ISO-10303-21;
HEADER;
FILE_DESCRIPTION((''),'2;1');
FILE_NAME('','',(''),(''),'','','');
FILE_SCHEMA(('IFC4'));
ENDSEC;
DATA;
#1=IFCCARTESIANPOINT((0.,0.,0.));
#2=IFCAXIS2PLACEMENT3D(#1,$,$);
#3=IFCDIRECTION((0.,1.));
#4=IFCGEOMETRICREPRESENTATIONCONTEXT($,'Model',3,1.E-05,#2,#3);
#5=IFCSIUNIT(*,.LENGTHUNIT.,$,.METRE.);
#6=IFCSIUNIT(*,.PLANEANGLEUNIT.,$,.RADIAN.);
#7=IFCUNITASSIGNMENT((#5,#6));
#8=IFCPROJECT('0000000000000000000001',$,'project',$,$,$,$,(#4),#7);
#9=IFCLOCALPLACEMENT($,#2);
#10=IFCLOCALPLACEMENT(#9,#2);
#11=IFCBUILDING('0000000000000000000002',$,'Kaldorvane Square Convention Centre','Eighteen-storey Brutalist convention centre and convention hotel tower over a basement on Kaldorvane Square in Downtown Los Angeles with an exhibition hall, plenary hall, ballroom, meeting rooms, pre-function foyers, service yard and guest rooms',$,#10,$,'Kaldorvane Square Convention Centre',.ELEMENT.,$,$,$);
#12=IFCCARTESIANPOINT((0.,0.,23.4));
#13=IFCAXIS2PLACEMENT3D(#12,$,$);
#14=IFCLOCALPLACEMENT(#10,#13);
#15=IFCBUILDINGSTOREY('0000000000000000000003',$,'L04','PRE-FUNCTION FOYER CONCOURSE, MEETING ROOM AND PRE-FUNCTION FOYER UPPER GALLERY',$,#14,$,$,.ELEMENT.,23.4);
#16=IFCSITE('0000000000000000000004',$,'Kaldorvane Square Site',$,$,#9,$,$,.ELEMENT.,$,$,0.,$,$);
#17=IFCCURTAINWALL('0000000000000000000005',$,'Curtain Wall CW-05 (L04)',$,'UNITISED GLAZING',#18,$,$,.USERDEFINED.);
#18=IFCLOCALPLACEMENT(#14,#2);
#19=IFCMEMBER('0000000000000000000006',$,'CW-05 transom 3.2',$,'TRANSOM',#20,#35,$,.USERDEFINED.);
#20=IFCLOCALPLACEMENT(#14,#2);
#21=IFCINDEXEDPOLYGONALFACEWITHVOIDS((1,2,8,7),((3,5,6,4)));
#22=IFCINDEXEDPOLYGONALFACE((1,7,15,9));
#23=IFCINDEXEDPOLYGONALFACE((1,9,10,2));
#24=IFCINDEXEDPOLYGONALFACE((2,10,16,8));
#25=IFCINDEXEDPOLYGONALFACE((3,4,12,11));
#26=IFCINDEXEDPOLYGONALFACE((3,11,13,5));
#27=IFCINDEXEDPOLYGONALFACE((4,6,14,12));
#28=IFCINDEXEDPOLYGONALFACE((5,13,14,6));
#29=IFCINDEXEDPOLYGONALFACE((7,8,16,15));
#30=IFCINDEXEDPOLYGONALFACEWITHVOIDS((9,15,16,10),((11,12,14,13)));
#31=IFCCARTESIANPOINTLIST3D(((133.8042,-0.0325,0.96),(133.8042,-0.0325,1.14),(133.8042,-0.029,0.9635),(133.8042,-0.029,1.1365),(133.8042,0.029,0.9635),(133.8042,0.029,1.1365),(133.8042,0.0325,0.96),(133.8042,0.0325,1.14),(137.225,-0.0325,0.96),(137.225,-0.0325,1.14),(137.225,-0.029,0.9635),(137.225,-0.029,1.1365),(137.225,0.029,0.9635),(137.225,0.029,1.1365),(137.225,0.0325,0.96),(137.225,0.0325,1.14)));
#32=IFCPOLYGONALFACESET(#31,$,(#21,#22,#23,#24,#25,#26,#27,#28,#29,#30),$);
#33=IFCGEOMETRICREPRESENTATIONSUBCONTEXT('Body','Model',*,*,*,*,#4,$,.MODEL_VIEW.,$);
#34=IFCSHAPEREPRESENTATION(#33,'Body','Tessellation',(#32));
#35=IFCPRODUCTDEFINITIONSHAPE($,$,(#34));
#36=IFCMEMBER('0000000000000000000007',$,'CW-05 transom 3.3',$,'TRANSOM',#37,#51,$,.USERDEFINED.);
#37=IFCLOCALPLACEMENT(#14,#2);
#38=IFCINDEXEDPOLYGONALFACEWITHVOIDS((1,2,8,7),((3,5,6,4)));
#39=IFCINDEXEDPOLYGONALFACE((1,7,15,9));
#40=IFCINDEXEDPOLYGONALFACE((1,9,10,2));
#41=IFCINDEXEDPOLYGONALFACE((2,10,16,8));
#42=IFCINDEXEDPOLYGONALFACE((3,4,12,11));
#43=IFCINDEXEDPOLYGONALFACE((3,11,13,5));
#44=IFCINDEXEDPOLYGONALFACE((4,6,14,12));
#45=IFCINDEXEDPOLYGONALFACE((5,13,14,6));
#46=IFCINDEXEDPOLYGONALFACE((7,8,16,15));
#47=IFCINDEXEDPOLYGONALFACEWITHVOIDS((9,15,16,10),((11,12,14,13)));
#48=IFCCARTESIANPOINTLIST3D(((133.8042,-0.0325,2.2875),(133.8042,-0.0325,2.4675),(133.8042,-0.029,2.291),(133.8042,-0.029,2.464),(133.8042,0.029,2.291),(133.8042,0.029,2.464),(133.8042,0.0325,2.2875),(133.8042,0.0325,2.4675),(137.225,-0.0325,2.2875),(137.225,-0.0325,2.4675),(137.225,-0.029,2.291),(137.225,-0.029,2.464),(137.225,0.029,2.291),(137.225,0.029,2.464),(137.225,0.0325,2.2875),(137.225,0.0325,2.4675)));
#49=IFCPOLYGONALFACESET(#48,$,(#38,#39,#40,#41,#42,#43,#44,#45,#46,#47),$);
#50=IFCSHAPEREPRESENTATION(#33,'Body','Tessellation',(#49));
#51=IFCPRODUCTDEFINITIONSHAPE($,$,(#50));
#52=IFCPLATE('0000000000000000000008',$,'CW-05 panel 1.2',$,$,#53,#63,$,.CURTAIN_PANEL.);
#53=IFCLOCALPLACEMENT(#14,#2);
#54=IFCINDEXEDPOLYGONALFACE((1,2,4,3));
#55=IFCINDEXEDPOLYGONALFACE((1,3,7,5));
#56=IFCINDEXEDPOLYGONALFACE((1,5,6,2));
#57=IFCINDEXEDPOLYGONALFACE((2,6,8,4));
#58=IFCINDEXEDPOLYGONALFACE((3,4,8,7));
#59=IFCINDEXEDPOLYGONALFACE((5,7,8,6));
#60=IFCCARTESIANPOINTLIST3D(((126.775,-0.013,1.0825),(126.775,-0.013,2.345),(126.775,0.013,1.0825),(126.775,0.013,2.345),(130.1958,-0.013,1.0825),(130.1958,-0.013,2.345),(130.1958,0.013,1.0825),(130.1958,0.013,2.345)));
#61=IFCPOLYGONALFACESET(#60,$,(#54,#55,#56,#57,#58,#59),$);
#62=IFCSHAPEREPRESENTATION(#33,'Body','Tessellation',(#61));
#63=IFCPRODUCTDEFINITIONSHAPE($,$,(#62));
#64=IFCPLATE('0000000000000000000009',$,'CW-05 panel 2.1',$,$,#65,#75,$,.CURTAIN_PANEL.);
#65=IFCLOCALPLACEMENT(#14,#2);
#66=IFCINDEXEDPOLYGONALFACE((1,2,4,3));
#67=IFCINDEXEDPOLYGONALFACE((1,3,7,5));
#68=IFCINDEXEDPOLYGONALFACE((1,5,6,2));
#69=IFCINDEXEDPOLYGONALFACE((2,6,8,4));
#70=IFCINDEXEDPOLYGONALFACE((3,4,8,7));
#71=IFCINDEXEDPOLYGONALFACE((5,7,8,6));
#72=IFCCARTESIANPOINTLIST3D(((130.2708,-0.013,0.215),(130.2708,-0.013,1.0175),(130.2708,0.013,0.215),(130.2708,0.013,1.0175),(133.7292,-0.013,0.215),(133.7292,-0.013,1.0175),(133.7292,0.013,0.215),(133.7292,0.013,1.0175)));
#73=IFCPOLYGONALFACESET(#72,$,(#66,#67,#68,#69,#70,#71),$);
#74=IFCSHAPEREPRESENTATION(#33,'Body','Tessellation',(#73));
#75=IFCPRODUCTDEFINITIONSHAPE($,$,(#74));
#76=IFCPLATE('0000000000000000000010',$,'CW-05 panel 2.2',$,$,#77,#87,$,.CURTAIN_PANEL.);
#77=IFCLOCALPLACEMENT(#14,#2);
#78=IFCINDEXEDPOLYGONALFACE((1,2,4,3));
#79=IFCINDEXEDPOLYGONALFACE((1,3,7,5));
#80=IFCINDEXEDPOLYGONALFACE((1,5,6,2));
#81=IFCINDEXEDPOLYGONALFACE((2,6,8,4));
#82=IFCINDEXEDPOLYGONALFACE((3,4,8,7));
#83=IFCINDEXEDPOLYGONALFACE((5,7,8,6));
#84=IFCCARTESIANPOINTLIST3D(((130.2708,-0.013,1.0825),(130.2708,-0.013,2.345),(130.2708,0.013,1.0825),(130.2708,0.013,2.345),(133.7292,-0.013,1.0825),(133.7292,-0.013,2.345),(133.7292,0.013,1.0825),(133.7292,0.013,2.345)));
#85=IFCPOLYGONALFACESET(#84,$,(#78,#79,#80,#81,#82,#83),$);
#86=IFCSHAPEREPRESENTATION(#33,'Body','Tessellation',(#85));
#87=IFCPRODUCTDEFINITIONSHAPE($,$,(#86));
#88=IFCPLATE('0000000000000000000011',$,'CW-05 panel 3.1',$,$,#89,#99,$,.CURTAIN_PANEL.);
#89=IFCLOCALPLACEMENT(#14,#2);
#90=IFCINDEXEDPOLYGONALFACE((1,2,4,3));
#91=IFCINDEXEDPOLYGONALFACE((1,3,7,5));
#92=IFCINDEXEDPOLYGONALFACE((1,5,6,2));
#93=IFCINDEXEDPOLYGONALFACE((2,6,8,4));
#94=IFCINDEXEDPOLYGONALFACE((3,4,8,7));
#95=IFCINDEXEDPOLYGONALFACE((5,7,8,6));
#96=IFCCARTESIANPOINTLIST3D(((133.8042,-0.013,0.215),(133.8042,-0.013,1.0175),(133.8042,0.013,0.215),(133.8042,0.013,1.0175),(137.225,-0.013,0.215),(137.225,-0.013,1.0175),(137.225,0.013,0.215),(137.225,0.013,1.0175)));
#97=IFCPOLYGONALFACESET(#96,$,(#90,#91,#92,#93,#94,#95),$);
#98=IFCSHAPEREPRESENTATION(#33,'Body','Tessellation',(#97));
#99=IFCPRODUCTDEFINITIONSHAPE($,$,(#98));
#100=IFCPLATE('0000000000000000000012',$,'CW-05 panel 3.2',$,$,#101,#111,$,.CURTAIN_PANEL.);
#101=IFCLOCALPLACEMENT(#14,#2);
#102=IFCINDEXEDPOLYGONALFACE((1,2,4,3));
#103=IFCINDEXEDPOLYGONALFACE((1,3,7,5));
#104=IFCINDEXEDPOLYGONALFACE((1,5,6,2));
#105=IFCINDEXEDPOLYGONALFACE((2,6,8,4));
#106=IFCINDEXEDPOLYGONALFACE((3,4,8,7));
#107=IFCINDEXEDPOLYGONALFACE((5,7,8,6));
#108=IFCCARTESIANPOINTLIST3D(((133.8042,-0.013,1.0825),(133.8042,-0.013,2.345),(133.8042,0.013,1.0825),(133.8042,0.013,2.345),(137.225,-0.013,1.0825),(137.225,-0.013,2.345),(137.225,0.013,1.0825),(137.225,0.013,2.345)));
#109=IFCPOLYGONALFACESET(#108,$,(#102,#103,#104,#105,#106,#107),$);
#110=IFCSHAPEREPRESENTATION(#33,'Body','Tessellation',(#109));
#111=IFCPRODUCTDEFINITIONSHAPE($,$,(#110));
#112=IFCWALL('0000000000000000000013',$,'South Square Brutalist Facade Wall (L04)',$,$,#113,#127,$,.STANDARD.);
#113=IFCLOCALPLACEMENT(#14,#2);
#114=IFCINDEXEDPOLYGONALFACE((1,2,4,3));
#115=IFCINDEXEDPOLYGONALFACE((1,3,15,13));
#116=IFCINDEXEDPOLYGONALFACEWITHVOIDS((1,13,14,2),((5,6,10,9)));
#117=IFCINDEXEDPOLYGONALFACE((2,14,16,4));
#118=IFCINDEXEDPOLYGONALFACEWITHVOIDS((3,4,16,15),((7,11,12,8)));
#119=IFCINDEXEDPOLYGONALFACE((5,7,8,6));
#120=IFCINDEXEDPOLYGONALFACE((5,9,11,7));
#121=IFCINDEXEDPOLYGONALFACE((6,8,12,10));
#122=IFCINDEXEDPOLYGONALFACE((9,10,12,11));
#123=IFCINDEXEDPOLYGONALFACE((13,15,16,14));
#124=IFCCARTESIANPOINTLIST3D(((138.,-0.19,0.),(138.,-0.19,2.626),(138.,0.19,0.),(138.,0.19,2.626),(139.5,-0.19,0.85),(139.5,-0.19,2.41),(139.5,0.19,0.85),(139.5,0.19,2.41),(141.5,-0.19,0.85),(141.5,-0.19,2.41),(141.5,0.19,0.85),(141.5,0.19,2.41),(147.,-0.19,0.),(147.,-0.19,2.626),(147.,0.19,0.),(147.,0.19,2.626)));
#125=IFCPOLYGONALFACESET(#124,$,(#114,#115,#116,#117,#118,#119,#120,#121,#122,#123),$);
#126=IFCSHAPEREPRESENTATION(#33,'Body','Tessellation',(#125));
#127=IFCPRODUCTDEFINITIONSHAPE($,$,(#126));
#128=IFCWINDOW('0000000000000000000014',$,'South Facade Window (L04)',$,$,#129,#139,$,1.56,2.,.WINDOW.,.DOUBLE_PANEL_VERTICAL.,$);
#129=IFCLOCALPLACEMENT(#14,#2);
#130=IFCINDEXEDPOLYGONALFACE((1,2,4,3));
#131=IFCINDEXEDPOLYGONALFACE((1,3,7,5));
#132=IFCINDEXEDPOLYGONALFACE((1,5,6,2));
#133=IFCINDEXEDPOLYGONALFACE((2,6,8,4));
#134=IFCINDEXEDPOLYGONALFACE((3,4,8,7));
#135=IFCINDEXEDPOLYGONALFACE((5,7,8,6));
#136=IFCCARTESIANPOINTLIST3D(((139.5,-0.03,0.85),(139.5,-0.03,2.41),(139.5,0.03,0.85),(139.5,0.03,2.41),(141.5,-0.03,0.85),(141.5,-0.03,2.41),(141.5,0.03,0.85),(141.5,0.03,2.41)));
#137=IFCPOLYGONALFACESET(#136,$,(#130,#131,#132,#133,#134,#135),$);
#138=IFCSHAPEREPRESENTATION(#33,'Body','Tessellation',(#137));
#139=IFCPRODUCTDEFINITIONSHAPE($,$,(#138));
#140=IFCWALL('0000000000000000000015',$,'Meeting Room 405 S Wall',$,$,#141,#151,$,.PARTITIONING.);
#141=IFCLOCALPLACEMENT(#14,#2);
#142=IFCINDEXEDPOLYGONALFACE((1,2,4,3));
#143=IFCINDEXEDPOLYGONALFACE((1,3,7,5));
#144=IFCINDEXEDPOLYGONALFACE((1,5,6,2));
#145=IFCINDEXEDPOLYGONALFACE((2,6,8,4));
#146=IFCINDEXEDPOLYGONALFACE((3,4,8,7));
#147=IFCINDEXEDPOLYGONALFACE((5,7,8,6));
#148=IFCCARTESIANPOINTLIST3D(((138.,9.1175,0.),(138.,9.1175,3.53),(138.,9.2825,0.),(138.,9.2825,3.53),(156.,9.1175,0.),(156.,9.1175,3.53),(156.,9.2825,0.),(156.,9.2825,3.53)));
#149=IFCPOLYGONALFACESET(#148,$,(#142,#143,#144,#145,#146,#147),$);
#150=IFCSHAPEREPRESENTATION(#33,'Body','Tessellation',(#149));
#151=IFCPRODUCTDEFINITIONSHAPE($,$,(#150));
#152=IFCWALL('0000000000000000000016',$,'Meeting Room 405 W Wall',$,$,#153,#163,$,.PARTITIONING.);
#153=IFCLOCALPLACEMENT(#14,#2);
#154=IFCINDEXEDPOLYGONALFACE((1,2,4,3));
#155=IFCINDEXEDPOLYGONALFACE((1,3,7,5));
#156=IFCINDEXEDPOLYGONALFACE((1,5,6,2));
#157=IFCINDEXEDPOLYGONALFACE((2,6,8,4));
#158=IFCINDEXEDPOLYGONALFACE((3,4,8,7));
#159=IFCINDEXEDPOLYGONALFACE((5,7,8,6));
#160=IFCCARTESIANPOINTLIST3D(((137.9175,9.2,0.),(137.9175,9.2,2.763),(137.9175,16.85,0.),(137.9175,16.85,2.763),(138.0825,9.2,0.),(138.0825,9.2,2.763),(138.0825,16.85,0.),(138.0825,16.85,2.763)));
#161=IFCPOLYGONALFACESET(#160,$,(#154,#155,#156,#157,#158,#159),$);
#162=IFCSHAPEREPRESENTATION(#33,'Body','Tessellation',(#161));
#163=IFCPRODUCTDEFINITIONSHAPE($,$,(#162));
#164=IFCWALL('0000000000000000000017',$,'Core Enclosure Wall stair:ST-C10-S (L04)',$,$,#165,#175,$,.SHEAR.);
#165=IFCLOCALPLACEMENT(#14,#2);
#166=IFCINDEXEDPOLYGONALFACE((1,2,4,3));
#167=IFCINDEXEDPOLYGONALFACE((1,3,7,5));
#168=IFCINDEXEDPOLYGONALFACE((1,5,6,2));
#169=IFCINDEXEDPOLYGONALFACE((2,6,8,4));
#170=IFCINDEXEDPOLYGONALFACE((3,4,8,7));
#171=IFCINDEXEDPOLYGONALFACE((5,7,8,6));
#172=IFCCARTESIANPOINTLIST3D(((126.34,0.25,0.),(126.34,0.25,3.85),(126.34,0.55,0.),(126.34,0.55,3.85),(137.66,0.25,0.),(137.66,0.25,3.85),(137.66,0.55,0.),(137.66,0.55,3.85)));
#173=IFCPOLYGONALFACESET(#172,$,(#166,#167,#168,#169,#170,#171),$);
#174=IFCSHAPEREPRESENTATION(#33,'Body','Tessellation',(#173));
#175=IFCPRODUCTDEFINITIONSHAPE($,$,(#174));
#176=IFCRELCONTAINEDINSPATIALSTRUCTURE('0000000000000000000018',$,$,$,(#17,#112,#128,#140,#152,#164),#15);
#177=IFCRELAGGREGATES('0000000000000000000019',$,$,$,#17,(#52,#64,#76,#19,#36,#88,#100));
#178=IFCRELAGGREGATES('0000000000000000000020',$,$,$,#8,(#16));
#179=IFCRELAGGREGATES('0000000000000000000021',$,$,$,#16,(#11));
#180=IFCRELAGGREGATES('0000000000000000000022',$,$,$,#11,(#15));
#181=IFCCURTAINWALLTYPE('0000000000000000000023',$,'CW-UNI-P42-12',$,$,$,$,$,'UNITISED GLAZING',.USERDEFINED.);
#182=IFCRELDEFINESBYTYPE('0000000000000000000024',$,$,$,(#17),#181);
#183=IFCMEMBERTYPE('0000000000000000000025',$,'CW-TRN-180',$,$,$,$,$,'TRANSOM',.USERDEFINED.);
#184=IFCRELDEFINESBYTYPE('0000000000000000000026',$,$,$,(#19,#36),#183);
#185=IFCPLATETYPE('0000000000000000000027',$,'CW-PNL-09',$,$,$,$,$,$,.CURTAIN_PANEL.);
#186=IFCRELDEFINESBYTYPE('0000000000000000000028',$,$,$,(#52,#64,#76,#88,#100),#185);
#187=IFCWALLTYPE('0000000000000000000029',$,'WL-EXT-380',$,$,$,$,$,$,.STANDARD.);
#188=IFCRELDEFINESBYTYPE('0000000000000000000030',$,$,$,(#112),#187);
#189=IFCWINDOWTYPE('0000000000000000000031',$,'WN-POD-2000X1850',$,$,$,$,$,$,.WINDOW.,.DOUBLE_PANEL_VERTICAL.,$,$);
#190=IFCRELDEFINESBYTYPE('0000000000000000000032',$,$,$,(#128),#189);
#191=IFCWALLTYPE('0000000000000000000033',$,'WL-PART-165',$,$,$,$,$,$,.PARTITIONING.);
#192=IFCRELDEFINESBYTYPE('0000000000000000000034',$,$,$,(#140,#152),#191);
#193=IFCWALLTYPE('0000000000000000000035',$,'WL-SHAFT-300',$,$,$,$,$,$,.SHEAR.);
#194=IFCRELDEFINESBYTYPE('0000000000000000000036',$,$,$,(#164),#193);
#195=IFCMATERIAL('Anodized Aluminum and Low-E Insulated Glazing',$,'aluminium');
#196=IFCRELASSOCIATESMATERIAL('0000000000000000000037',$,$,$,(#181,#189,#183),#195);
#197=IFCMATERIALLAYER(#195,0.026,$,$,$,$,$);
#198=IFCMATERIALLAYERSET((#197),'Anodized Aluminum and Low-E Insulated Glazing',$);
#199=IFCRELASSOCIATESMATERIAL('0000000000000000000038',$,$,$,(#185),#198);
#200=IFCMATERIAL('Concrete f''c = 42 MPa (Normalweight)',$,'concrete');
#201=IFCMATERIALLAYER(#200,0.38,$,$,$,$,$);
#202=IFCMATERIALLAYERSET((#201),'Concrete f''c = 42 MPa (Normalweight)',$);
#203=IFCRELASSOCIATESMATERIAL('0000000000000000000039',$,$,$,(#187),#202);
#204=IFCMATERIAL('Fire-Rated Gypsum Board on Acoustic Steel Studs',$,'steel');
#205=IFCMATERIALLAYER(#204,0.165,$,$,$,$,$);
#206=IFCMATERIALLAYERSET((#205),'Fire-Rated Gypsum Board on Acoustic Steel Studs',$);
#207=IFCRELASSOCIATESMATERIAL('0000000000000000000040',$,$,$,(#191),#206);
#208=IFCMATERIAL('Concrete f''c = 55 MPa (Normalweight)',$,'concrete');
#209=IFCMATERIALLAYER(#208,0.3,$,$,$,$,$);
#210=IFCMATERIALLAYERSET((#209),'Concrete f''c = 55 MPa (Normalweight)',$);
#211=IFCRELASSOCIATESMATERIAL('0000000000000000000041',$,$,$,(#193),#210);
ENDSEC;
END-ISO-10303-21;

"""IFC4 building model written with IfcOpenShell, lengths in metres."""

from ifc_helpers import new_model, si_unit, direction, frame, frame_2d, origin, origin_2d, place, context, subcontext, project, spatial, rectangle, hollow_rectangle, extrude, material, layer, layer_set, material_profile, profile_set, type_object, element, fill, aggregate, save


model = new_model("IFC4")

# Units and contexts
model_context = context("Model", 3, precision=1e-05, world=origin(), true_north=direction((0.0, 1.0)))
body_context = subcontext(model_context, "Body", "Model", "MODEL_VIEW")
ifc_project = project(units=[si_unit("LENGTHUNIT", "METRE"), si_unit("PLANEANGLEUNIT", "RADIAN")], contexts=[model_context])

# Site, building, storey
site_placement = place(None, origin())
site = spatial("IfcSite", under=ifc_project, at=site_placement, Name="Kaldorvane Square Site", CompositionType="ELEMENT", RefElevation=0.0)
building_placement = place(site_placement, origin())
building = spatial("IfcBuilding", under=site, at=building_placement, Name="Kaldorvane Square Convention Centre", Description="Eighteen-storey Brutalist convention centre and convention hotel tower over a basement on Kaldorvane Square in Downtown Los Angeles with an exhibition hall, plenary hall, ballroom, meeting rooms, pre-function foyers, service yard and guest rooms", LongName="Kaldorvane Square Convention Centre", CompositionType="ELEMENT")
storey_placement = place(building_placement, frame((0.0, 0.0, 23.4)))
storey = spatial("IfcBuildingStorey", under=building, at=storey_placement, Name="L04", Description="PRE-FUNCTION FOYER CONCOURSE, MEETING ROOM AND PRE-FUNCTION FOYER UPPER GALLERY", CompositionType="ELEMENT", Elevation=23.4)

# Shared definitions
ifc_material_1 = material(Name="Concrete f'c = 42 MPa (Normalweight)", Category="concrete")

# Curtain wall, members, plates
ifc_material_2 = material(Name="Anodized Aluminum and Low-E Insulated Glazing", Category="aluminium")
curtain_wall_type = type_object("IfcCurtainWallType", Name="CW-UNI-P42-12", ElementType="UNITISED GLAZING", PredefinedType="USERDEFINED", material=ifc_material_2)
curtain_wall_placement = place(storey_placement, origin())
curtain_wall = element("IfcCurtainWall", 1, at=curtain_wall_placement, inside=storey, type_object=curtain_wall_type, Name="Curtain Wall CW-05 (L04)", ObjectType="UNITISED GLAZING", PredefinedType="USERDEFINED")
ifc_material_profile_1 = material_profile(ifc_material_2, hollow_rectangle(XDim=0.065, YDim=0.18, WallThickness=0.0035, at=origin_2d()), Name="CWT-180X65")
ifc_profile_set_1 = profile_set([ifc_material_profile_1], Name="Anodized Aluminum and Low-E Insulated Glazing")
member_type_1 = type_object("IfcMemberType", Name="CW-TRN-180", ElementType="TRANSOM", PredefinedType="USERDEFINED", material=ifc_profile_set_1)
member_1_placement = place(storey_placement, frame((133.8042, 0.0, 1.05), z_axis=(1.0, 0.0, 0.0), x_axis=(0.0, 1.0, 0.0)))
member_1 = element("IfcMember", 2, at=member_1_placement, type_object=member_type_1, Name="CW-05 transom 3.2", ObjectType="TRANSOM", PredefinedType="USERDEFINED", context=body_context, shape_type="SweptSolid", body=[
    extrude(hollow_rectangle(XDim=0.065, YDim=0.18, WallThickness=0.0035, at=origin_2d()), origin(), (0.0, 0.0, 1.0), 3.4208),
])
member_2_placement = place(storey_placement, frame((133.8042, 0.0, 2.3775), z_axis=(1.0, 0.0, 0.0), x_axis=(0.0, 1.0, 0.0)))
member_2 = element("IfcMember", 3, at=member_2_placement, type_object=member_type_1, Name="CW-05 transom 3.3", ObjectType="TRANSOM", PredefinedType="USERDEFINED", context=body_context, shape_type="SweptSolid", body=[
    extrude(hollow_rectangle(XDim=0.065, YDim=0.18, WallThickness=0.0035, at=origin_2d()), origin(), (0.0, 0.0, 1.0), 3.4208),
])
ifc_layer_1 = layer(ifc_material_2, 0.026)
ifc_layer_set_1 = layer_set([ifc_layer_1], Name="Anodized Aluminum and Low-E Insulated Glazing")
plate_type = type_object("IfcPlateType", Name="CW-PNL-09", PredefinedType="CURTAIN_PANEL", material=ifc_layer_set_1)
plate_1_placement = place(storey_placement, frame((128.4854, 0.0, 1.0825), z_axis=(0.0, 0.0, 1.0), x_axis=(1.0, 0.0, 0.0)))
plate_1 = element("IfcPlate", 4, at=plate_1_placement, type_object=plate_type, Name="CW-05 panel 1.2", PredefinedType="CURTAIN_PANEL", context=body_context, shape_type="SweptSolid", body=[
    extrude(rectangle(XDim=3.4208, YDim=0.026, at=origin_2d()), origin(), (0.0, 0.0, 1.0), 1.2625),
])
plate_2_placement = place(storey_placement, frame((132.0, 0.0, 0.215), z_axis=(0.0, 0.0, 1.0), x_axis=(1.0, 0.0, 0.0)))
plate_2 = element("IfcPlate", 5, at=plate_2_placement, type_object=plate_type, Name="CW-05 panel 2.1", PredefinedType="CURTAIN_PANEL", context=body_context, shape_type="SweptSolid", body=[
    extrude(rectangle(XDim=3.4583, YDim=0.026, at=origin_2d()), origin(), (0.0, 0.0, 1.0), 0.8025),
])
plate_3_placement = place(storey_placement, frame((132.0, 0.0, 1.0825), z_axis=(0.0, 0.0, 1.0), x_axis=(1.0, 0.0, 0.0)))
plate_3 = element("IfcPlate", 6, at=plate_3_placement, type_object=plate_type, Name="CW-05 panel 2.2", PredefinedType="CURTAIN_PANEL", context=body_context, shape_type="SweptSolid", body=[
    extrude(rectangle(XDim=3.4583, YDim=0.026, at=origin_2d()), origin(), (0.0, 0.0, 1.0), 1.2625),
])
plate_4_placement = place(storey_placement, frame((135.5146, 0.0, 0.215), z_axis=(0.0, 0.0, 1.0), x_axis=(1.0, 0.0, 0.0)))
plate_4 = element("IfcPlate", 7, at=plate_4_placement, type_object=plate_type, Name="CW-05 panel 3.1", PredefinedType="CURTAIN_PANEL", context=body_context, shape_type="SweptSolid", body=[
    extrude(rectangle(XDim=3.4208, YDim=0.026, at=origin_2d()), origin(), (0.0, 0.0, 1.0), 0.8025),
])
plate_5_placement = place(storey_placement, frame((135.5146, 0.0, 1.0825), z_axis=(0.0, 0.0, 1.0), x_axis=(1.0, 0.0, 0.0)))
plate_5 = element("IfcPlate", 8, at=plate_5_placement, type_object=plate_type, Name="CW-05 panel 3.2", PredefinedType="CURTAIN_PANEL", context=body_context, shape_type="SweptSolid", body=[
    extrude(rectangle(XDim=3.4208, YDim=0.026, at=origin_2d()), origin(), (0.0, 0.0, 1.0), 1.2625),
])
aggregate(curtain_wall, [plate_1, plate_2, plate_3, member_1, member_2, plate_4, plate_5])

# Wall, opening, window
ifc_layer_2 = layer(ifc_material_1, 0.38)
ifc_layer_set_2 = layer_set([ifc_layer_2], Name="Concrete f'c = 42 MPa (Normalweight)")
wall_type_1 = type_object("IfcWallType", Name="WL-EXT-380", PredefinedType="STANDARD", material=ifc_layer_set_2)
wall_1_placement = place(storey_placement, frame((138.0, 0.0, 0.0), z_axis=(0.0, 0.0, 1.0), x_axis=(1.0, 0.0, 0.0)))
wall_1 = element("IfcWall", 9, at=wall_1_placement, inside=storey, type_object=wall_type_1, Name="South Square Brutalist Facade Wall (L04)", PredefinedType="STANDARD", context=body_context, shape_type="SweptSolid", body=[
    extrude(rectangle(XDim=9.0, YDim=0.38, at=frame_2d((4.5, 0.0))), origin(), (0.0, 0.0, 1.0), 2.626),
])
opening_1_placement = place(wall_1_placement, frame((1.5, 0.0, 0.85)))
opening_1 = element("IfcOpeningElement", 10, at=opening_1_placement, cuts=wall_1, PredefinedType="OPENING", context=body_context, shape_type="SweptSolid", body=[
    extrude(rectangle(XDim=2.0, YDim=1.56, at=frame_2d((1.0, 0.78))), frame((0.0, 0.205, 0.0), z_axis=(0.0, -1.0, 0.0), x_axis=(1.0, 0.0, 0.0)), (0.0, 0.0, 1.0), 0.41),
])
window_type = type_object("IfcWindowType", Name="WN-POD-2000X1850", PartitioningType="DOUBLE_PANEL_VERTICAL", PredefinedType="WINDOW", material=ifc_material_2)
window_placement = place(opening_1_placement, origin())
window = element("IfcWindow", 11, at=window_placement, inside=storey, type_object=window_type, Name="South Facade Window (L04)", OverallHeight=1.56, OverallWidth=2.0, PartitioningType="DOUBLE_PANEL_VERTICAL", PredefinedType="WINDOW", context=body_context, shape_type="SweptSolid", body=[
    extrude(rectangle(XDim=2.0, YDim=1.56, at=frame_2d((1.0, 0.78))), frame((0.0, 0.03, 0.0), z_axis=(0.0, -1.0, 0.0), x_axis=(1.0, 0.0, 0.0)), (0.0, 0.0, 1.0), 0.06),
])
fill(opening_1, window)

# Walls
ifc_material_3 = material(Name="Fire-Rated Gypsum Board on Acoustic Steel Studs", Category="steel")
ifc_layer_3 = layer(ifc_material_3, 0.165)
ifc_layer_set_3 = layer_set([ifc_layer_3], Name="Fire-Rated Gypsum Board on Acoustic Steel Studs")
wall_type_2 = type_object("IfcWallType", Name="WL-PART-165", PredefinedType="PARTITIONING", material=ifc_layer_set_3)
wall_2_placement = place(storey_placement, frame((138.0, 9.2, 0.0), z_axis=(0.0, 0.0, 1.0), x_axis=(1.0, 0.0, 0.0)))
element("IfcWall", 12, at=wall_2_placement, inside=storey, type_object=wall_type_2, Name="Meeting Room 405 S Wall", PredefinedType="PARTITIONING", context=body_context, shape_type="SweptSolid", body=[
    extrude(rectangle(XDim=18.0, YDim=0.165, at=frame_2d((9.0, 0.0))), origin(), (0.0, 0.0, 1.0), 3.53),
])
wall_3_placement = place(storey_placement, frame((138.0, 16.85, 0.0), z_axis=(0.0, 0.0, 1.0), x_axis=(0.0, -1.0, 0.0)))
element("IfcWall", 13, at=wall_3_placement, inside=storey, type_object=wall_type_2, Name="Meeting Room 405 W Wall", PredefinedType="PARTITIONING", context=body_context, shape_type="SweptSolid", body=[
    extrude(rectangle(XDim=7.65, YDim=0.165, at=frame_2d((3.825, 0.0))), origin(), (0.0, 0.0, 1.0), 2.763),
])
ifc_material_4 = material(Name="Concrete f'c = 55 MPa (Normalweight)", Category="concrete")
ifc_layer_4 = layer(ifc_material_4, 0.3)
ifc_layer_set_4 = layer_set([ifc_layer_4], Name="Concrete f'c = 55 MPa (Normalweight)")
wall_type_3 = type_object("IfcWallType", Name="WL-SHAFT-300", PredefinedType="SHEAR", material=ifc_layer_set_4)
wall_4_placement = place(storey_placement, frame((137.66, 0.4, 0.0), z_axis=(0.0, 0.0, 1.0), x_axis=(-1.0, 0.0, 0.0)))
element("IfcWall", 14, at=wall_4_placement, inside=storey, type_object=wall_type_3, Name="Core Enclosure Wall stair:ST-C10-S (L04)", PredefinedType="SHEAR", context=body_context, shape_type="SweptSolid", body=[
    extrude(rectangle(XDim=11.32, YDim=0.3, at=frame_2d((5.66, 0.0))), origin(), (0.0, 0.0, 1.0), 3.85),
])

save(model, "model.ifc")
